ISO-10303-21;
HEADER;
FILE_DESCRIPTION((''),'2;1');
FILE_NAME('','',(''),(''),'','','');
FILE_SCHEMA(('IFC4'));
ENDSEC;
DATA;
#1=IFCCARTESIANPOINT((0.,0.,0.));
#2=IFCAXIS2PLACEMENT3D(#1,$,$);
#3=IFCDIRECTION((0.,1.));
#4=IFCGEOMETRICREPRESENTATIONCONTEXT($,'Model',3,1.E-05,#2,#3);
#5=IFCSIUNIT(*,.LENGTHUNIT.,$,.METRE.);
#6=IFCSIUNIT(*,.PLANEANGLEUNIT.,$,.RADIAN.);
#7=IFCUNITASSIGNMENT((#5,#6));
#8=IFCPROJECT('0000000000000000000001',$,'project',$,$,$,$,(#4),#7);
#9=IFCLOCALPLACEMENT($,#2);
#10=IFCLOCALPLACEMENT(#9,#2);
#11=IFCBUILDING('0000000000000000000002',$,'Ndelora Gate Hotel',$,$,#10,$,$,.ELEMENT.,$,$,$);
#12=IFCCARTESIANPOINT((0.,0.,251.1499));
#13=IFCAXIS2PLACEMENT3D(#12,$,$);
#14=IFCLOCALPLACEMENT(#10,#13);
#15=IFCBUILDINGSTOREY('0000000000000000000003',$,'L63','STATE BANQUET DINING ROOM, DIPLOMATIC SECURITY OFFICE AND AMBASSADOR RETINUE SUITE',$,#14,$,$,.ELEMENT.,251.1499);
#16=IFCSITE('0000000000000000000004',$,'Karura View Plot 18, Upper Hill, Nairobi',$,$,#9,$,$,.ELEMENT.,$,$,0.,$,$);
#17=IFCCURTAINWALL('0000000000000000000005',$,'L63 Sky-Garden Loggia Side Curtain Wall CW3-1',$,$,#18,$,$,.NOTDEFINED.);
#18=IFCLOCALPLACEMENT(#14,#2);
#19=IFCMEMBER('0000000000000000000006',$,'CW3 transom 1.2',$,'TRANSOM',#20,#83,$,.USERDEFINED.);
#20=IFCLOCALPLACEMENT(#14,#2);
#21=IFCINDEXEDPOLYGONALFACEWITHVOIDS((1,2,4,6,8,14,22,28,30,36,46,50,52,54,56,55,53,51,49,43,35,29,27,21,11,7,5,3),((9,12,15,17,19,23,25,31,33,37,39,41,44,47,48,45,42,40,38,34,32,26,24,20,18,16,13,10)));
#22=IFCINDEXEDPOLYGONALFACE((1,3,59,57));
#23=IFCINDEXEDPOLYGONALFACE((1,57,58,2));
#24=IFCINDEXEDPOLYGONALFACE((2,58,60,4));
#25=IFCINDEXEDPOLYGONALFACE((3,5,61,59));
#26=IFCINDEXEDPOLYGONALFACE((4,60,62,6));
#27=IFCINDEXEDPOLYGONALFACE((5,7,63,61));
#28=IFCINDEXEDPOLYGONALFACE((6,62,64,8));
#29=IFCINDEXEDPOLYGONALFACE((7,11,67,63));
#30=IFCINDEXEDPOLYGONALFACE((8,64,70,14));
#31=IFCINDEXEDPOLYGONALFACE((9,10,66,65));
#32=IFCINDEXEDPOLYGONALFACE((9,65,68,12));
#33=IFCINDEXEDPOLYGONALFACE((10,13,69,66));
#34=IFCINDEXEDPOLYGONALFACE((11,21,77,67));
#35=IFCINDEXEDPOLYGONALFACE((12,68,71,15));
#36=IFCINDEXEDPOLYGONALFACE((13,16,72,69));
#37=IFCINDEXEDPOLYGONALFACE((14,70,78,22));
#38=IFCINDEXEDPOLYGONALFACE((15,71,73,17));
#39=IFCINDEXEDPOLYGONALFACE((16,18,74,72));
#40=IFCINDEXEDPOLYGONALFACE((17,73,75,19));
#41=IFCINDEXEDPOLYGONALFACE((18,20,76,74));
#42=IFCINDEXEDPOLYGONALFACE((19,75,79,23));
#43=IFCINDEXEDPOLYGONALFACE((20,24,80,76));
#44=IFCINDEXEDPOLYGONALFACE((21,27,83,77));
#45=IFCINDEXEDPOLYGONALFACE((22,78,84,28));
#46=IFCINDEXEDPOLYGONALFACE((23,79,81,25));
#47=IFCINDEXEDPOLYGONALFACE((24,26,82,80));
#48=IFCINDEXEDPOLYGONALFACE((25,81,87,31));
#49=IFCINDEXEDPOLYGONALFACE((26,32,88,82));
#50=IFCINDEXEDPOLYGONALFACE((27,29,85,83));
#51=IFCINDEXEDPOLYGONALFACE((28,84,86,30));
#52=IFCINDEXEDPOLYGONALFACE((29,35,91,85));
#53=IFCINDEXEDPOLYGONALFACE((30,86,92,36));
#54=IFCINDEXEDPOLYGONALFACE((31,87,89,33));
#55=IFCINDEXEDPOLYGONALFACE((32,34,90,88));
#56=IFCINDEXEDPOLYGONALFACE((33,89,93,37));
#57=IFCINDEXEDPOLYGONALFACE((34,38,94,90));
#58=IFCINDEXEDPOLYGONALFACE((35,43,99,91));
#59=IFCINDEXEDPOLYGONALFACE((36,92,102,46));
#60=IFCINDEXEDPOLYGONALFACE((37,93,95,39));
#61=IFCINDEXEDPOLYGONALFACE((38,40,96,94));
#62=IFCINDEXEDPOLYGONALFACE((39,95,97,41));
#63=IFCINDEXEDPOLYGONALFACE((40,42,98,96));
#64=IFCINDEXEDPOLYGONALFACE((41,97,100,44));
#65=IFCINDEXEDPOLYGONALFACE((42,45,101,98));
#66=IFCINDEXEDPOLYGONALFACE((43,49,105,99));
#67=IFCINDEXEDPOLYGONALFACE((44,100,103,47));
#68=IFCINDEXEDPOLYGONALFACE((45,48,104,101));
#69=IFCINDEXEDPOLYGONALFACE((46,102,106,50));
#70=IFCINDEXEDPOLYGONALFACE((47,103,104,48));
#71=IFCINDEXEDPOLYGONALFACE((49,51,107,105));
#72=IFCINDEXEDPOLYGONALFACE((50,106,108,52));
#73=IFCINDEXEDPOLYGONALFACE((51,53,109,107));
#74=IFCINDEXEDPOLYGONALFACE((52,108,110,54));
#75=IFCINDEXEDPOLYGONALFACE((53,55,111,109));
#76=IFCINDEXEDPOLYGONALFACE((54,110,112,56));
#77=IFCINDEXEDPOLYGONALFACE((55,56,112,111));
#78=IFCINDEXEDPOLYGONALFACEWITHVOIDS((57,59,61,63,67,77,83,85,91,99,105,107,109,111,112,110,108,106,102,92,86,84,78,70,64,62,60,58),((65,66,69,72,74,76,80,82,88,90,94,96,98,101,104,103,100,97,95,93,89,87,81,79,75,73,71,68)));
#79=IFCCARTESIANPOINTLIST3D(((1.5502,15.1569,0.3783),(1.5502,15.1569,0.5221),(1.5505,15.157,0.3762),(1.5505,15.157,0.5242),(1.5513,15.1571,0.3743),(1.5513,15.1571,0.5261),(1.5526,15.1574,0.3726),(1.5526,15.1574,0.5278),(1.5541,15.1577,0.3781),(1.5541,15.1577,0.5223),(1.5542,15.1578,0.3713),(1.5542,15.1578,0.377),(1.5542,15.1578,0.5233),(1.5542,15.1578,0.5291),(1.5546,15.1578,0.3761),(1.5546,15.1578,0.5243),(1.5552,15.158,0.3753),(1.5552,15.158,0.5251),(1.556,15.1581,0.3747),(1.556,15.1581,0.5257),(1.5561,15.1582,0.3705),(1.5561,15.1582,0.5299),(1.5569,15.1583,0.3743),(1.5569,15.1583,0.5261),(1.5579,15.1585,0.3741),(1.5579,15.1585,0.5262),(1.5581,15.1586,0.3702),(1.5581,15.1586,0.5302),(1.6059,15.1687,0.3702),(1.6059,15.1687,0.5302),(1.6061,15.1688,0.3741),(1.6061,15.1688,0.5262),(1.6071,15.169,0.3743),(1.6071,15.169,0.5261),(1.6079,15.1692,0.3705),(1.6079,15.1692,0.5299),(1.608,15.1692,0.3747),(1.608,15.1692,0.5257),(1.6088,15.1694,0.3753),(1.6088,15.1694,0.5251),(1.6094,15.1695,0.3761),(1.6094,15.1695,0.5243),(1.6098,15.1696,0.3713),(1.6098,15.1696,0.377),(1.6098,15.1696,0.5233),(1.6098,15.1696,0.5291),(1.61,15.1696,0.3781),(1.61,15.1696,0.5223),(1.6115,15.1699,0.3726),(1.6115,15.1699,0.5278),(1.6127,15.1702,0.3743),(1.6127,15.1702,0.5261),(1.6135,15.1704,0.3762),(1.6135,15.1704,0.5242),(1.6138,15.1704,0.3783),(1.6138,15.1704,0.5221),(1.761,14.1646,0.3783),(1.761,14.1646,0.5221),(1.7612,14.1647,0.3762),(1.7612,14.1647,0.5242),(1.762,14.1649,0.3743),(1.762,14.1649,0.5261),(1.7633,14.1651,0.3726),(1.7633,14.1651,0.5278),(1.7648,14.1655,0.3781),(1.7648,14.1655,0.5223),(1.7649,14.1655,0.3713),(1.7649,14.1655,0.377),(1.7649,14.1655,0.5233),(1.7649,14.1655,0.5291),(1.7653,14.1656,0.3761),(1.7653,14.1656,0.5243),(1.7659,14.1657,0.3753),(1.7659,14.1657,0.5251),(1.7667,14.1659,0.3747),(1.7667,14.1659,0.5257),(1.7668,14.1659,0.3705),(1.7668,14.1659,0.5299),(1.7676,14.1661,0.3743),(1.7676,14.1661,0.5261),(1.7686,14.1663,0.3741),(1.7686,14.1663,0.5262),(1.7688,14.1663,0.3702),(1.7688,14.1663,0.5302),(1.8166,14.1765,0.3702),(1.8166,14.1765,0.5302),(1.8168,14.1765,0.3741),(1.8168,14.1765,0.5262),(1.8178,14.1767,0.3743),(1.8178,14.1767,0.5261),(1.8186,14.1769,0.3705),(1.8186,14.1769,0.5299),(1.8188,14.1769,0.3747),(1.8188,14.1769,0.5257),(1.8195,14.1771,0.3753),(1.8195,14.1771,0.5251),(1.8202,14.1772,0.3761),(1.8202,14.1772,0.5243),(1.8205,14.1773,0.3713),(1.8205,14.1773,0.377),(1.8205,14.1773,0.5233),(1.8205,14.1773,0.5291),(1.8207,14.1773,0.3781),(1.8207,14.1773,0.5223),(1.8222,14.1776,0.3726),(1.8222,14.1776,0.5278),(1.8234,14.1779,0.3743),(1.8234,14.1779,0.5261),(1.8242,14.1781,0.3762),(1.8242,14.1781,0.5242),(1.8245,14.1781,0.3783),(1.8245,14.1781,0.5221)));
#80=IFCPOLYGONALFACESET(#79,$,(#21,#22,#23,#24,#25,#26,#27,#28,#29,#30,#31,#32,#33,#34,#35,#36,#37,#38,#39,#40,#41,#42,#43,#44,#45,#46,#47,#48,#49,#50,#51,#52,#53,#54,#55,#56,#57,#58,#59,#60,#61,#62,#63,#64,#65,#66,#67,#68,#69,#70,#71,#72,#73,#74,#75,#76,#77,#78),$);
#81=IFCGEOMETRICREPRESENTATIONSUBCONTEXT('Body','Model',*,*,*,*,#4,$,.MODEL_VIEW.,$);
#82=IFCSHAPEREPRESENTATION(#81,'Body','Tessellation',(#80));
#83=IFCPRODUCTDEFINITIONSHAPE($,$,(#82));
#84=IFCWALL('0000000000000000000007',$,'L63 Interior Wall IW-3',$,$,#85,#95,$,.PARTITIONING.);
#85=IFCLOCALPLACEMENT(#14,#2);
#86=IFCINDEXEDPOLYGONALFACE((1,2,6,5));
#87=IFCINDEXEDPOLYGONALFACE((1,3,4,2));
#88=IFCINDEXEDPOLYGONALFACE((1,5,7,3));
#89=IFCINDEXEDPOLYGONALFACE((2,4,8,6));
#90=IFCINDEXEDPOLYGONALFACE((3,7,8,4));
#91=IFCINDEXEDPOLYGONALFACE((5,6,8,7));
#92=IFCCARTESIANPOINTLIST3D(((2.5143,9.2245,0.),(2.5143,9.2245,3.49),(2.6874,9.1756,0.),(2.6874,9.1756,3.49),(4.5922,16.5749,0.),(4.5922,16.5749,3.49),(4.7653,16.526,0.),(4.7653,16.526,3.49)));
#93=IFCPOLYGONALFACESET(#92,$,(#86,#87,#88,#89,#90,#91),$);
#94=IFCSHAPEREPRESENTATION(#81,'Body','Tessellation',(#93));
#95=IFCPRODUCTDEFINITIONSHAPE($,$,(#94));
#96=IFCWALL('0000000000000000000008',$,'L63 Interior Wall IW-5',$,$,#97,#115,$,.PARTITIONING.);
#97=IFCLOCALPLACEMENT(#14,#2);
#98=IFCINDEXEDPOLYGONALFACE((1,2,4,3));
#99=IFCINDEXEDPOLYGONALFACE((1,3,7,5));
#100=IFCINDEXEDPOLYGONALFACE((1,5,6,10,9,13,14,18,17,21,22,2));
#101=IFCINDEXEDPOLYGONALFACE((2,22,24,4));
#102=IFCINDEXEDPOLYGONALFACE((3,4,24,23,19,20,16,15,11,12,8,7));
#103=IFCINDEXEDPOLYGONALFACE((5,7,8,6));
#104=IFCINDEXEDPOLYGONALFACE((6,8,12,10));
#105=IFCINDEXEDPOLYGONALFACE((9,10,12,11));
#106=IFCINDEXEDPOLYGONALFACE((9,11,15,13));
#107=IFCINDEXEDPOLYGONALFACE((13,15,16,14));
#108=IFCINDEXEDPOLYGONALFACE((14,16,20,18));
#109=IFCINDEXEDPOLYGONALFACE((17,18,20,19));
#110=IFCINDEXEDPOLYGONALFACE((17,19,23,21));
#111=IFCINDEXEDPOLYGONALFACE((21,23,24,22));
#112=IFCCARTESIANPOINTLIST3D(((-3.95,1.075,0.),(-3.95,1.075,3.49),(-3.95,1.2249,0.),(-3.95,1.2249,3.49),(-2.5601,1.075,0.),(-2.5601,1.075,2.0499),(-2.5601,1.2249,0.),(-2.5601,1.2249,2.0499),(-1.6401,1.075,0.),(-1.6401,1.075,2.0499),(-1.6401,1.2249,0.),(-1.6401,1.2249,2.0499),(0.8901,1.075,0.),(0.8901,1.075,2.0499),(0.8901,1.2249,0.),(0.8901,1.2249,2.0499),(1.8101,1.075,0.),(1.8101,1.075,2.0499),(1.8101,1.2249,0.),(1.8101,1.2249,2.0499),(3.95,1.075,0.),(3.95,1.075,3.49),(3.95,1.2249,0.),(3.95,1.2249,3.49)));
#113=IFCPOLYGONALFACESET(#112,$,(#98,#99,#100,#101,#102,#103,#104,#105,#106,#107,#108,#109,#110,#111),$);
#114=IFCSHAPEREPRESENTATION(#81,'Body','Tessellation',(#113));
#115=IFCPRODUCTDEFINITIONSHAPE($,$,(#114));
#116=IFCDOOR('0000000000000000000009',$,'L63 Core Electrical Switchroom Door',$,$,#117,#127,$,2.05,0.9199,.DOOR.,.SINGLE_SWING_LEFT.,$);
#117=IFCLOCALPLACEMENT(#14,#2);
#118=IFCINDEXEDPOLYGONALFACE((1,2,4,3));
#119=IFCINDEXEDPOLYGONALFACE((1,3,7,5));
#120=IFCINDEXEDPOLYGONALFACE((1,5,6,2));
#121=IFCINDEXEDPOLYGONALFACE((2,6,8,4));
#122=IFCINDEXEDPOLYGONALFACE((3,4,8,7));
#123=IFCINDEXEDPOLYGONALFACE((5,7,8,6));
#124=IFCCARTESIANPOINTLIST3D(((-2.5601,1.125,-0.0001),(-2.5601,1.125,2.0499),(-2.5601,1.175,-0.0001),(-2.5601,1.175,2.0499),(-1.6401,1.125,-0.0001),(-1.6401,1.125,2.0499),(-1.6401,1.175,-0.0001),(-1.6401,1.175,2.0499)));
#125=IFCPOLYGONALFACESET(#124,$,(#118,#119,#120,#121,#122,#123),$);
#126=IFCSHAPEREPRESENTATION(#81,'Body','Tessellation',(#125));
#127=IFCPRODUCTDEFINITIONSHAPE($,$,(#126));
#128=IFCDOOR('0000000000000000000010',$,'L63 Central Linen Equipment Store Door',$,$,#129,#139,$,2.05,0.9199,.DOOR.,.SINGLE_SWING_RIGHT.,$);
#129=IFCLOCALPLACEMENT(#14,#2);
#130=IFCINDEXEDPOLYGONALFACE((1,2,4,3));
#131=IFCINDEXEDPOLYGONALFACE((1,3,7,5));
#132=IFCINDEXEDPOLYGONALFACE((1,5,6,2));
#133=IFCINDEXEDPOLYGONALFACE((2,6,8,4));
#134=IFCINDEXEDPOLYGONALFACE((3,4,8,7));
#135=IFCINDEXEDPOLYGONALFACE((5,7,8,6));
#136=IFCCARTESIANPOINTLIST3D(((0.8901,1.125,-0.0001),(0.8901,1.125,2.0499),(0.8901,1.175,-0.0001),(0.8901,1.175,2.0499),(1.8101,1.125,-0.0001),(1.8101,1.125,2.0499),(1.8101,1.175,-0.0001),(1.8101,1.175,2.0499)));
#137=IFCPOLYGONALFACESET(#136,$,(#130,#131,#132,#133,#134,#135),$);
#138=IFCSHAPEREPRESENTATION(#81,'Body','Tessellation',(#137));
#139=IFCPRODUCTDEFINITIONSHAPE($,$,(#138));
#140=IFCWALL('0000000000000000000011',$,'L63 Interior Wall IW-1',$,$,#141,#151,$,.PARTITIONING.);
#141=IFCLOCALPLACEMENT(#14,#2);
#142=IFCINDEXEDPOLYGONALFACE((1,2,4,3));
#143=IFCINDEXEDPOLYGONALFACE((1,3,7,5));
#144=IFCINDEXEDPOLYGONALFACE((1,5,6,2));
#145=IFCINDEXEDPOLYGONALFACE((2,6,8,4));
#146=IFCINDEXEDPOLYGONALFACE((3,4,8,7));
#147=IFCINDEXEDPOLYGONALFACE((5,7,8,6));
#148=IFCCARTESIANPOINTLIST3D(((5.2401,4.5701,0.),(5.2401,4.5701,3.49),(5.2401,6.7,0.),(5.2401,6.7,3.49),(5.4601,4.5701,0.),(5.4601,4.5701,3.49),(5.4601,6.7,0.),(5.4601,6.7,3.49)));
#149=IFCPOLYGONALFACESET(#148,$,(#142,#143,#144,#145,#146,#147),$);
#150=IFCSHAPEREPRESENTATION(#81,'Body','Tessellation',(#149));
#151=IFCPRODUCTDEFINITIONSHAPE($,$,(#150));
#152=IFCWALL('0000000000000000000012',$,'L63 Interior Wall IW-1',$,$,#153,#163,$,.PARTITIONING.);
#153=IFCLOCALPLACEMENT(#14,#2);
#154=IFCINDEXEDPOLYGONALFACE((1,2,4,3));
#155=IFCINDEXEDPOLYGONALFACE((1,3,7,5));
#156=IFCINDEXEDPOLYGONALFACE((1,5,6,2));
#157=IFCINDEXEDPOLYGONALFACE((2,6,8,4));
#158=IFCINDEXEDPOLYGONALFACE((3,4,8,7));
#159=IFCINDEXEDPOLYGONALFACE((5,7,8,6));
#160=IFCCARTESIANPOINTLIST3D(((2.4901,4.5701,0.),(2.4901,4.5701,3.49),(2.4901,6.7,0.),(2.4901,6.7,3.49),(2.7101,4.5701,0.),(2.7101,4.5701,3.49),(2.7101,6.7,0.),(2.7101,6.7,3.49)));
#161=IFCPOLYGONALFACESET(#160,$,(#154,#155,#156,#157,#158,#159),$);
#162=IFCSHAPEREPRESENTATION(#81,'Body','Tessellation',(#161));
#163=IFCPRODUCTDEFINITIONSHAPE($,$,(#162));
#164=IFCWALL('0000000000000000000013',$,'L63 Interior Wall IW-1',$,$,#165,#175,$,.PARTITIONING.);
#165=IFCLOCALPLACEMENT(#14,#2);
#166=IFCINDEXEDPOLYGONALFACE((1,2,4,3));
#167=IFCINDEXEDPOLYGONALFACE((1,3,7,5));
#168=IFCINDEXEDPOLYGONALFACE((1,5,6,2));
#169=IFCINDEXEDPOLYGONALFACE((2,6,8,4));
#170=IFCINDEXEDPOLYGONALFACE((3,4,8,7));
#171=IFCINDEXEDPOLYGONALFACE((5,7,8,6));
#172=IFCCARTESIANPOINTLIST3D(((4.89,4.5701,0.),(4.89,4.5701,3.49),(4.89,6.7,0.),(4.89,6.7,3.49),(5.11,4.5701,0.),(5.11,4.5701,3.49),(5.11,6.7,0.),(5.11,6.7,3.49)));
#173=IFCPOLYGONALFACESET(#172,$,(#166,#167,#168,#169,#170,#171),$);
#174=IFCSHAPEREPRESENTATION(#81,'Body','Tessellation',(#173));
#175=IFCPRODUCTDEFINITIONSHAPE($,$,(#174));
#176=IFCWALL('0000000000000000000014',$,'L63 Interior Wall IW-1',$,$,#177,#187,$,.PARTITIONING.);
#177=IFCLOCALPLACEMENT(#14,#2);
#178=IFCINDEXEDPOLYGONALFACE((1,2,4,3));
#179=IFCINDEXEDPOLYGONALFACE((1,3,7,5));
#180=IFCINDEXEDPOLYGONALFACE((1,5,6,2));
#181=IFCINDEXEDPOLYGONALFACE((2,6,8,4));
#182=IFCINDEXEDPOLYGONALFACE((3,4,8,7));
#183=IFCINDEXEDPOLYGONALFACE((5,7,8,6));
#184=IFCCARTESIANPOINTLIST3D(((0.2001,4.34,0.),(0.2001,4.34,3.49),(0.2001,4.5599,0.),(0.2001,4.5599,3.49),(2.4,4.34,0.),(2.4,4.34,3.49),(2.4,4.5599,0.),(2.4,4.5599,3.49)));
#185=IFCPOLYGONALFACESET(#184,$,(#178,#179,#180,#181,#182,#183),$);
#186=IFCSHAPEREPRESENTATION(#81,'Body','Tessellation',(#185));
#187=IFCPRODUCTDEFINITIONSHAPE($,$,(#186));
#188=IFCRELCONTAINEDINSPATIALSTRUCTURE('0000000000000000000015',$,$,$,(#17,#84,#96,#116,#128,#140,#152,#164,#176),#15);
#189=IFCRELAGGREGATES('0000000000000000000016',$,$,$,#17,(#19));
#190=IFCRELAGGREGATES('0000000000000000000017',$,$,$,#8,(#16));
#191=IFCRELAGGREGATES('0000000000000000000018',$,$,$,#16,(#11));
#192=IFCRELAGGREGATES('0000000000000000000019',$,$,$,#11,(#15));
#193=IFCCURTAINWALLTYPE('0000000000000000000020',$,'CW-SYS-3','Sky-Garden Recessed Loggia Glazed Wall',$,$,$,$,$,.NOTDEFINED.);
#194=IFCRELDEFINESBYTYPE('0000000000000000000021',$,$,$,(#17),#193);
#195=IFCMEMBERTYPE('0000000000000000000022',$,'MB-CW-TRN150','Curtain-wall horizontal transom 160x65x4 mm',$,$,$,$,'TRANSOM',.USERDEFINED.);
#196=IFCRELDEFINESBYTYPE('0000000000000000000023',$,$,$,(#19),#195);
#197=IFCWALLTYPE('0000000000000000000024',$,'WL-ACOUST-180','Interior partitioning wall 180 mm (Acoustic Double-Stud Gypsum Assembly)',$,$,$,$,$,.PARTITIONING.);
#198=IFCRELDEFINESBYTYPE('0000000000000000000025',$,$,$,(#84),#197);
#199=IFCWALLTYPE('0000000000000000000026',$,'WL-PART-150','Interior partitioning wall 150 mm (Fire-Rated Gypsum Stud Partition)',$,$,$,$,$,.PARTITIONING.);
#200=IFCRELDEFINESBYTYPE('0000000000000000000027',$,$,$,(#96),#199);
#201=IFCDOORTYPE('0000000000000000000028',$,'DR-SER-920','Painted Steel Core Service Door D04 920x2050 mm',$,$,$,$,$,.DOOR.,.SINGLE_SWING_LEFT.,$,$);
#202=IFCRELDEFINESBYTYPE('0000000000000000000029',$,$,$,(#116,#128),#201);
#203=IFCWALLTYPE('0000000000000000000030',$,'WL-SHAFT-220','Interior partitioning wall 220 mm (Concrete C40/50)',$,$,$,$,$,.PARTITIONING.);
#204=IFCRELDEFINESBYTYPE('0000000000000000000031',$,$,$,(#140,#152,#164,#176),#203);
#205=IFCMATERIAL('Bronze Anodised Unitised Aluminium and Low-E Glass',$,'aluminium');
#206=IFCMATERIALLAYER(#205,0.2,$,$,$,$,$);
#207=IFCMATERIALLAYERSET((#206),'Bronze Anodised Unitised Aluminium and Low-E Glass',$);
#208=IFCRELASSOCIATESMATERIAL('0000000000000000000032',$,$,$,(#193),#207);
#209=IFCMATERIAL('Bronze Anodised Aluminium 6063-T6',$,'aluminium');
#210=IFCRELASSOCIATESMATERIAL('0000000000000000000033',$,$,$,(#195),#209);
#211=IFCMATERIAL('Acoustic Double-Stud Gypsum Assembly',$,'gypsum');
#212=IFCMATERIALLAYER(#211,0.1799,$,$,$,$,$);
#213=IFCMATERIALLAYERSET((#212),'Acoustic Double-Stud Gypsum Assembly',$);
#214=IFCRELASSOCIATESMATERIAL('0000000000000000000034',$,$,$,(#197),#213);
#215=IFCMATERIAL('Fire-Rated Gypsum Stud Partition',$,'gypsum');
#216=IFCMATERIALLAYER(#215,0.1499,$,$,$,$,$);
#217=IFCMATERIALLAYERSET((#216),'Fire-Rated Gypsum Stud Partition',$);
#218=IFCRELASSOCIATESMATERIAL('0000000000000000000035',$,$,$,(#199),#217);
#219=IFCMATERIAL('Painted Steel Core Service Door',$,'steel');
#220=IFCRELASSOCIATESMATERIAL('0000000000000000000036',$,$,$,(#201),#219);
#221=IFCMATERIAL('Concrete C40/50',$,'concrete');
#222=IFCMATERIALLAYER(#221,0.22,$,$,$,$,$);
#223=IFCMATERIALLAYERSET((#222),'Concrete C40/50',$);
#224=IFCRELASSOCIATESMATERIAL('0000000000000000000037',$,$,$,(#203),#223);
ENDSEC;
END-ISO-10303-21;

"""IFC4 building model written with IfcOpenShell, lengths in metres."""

from ifc_helpers import new_model, si_unit, direction, frame, frame_2d, origin, origin_2d, place, context, subcontext, project, spatial, rectangle, hollow_rectangle, extrude, material, layer, layer_set, material_profile, profile_set, type_object, element, fill, aggregate, save


model = new_model("IFC4")

# Units and contexts
model_context = context("Model", 3, precision=1e-05, world=origin(), true_north=direction((0.0, 1.0)))
body_context = subcontext(model_context, "Body", "Model", "MODEL_VIEW")
ifc_project = project(units=[si_unit("LENGTHUNIT", "METRE"), si_unit("PLANEANGLEUNIT", "RADIAN")], contexts=[model_context])

# Site, building, storey
site_placement = place(None, origin())
site = spatial("IfcSite", under=ifc_project, at=site_placement, Name="Karura View Plot 18, Upper Hill, Nairobi", CompositionType="ELEMENT", RefElevation=0.0)
building_placement = place(site_placement, origin())
building = spatial("IfcBuilding", under=site, at=building_placement, Name="Ndelora Gate Hotel", CompositionType="ELEMENT")
storey_placement = place(building_placement, frame((0.0, 0.0, 251.1499)))
storey = spatial("IfcBuildingStorey", under=building, at=storey_placement, Name="L63", Description="STATE BANQUET DINING ROOM, DIPLOMATIC SECURITY OFFICE AND AMBASSADOR RETINUE SUITE", CompositionType="ELEMENT", Elevation=251.1499)

# Curtain wall, member
ifc_material_1 = material(Name="Bronze Anodised Unitised Aluminium and Low-E Glass", Category="aluminium")
ifc_layer_1 = layer(ifc_material_1, 0.2)
ifc_layer_set_1 = layer_set([ifc_layer_1], Name="Bronze Anodised Unitised Aluminium and Low-E Glass")
curtain_wall_type = type_object("IfcCurtainWallType", Name="CW-SYS-3", Description="Sky-Garden Recessed Loggia Glazed Wall", PredefinedType="NOTDEFINED", material=ifc_layer_set_1)
curtain_wall_placement = place(storey_placement, origin())
curtain_wall = element("IfcCurtainWall", 1, at=curtain_wall_placement, inside=storey, type_object=curtain_wall_type, Name="L63 Sky-Garden Loggia Side Curtain Wall CW3-1", PredefinedType="NOTDEFINED")
ifc_material_2 = material(Name="Bronze Anodised Aluminium 6063-T6", Category="aluminium")
ifc_material_profile_1 = material_profile(ifc_material_2, hollow_rectangle(XDim=0.0649, YDim=0.1599, WallThickness=0.0039, InnerFilletRadius=0.0039, OuterFilletRadius=0.0081, at=origin_2d()), Name="ALU 160x65x4")
ifc_profile_set_1 = profile_set([ifc_material_profile_1], Name="Bronze Anodised Aluminium 6063-T6")
member_type_1 = type_object("IfcMemberType", Name="MB-CW-TRN150", Description="Curtain-wall horizontal transom 160x65x4 mm", ElementType="TRANSOM", PredefinedType="USERDEFINED", material=ifc_profile_set_1)
member_1_placement = place(storey_placement, frame((1.7927, 14.1714, 0.4502), z_axis=(-0.207721, 0.978188, 0.0), x_axis=(-0.978188, -0.207721, 0.0)))
member_1 = element("IfcMember", 2, at=member_1_placement, type_object=member_type_1, Name="CW3 transom 1.2", ObjectType="TRANSOM", PredefinedType="USERDEFINED", context=body_context, shape_type="SweptSolid", body=[
    extrude(hollow_rectangle(XDim=0.0649, YDim=0.1599, WallThickness=0.0039, InnerFilletRadius=0.0039, OuterFilletRadius=0.0081, at=origin_2d()), origin(), (0.0, 0.0, 1.0), 1.0144),
])
aggregate(curtain_wall, [member_1])

# Wall
ifc_material_3 = material(Name="Acoustic Double-Stud Gypsum Assembly", Category="gypsum")
ifc_layer_2 = layer(ifc_material_3, 0.1799)
ifc_layer_set_2 = layer_set([ifc_layer_2], Name="Acoustic Double-Stud Gypsum Assembly")
wall_type_1 = type_object("IfcWallType", Name="WL-ACOUST-180", Description="Interior partitioning wall 180 mm (Acoustic Double-Stud Gypsum Assembly)", PredefinedType="PARTITIONING", material=ifc_layer_set_2)
wall_1_placement = place(storey_placement, frame((2.6008, 9.2, 0.0), z_axis=(0.0, 0.0, 1.0), x_axis=(0.272031, 0.962288, 0.0)))
element("IfcWall", 3, at=wall_1_placement, inside=storey, type_object=wall_type_1, Name="L63 Interior Wall IW-3", PredefinedType="PARTITIONING", context=body_context, shape_type="SweptSolid", body=[
    extrude(rectangle(XDim=7.6384, YDim=0.1799, at=frame_2d((3.8193, 0.0))), origin(), (0.0, 0.0, 1.0), 3.49),
])

# Shared definitions
ifc_material_4 = material(Name="Concrete C40/50", Category="concrete")

# Wall, openings, doors
ifc_material_5 = material(Name="Fire-Rated Gypsum Stud Partition", Category="gypsum")
ifc_layer_3 = layer(ifc_material_5, 0.1499)
ifc_layer_set_3 = layer_set([ifc_layer_3], Name="Fire-Rated Gypsum Stud Partition")
wall_type_2 = type_object("IfcWallType", Name="WL-PART-150", Description="Interior partitioning wall 150 mm (Fire-Rated Gypsum Stud Partition)", PredefinedType="PARTITIONING", material=ifc_layer_set_3)
wall_2_placement = place(storey_placement, frame((3.95, 1.1499, 0.0), z_axis=(0.0, 0.0, 1.0), x_axis=(-1.0, 0.0, 0.0)))
wall_2 = element("IfcWall", 4, at=wall_2_placement, inside=storey, type_object=wall_type_2, Name="L63 Interior Wall IW-5", PredefinedType="PARTITIONING", context=body_context, shape_type="SweptSolid", body=[
    extrude(rectangle(XDim=7.8999, YDim=0.1499, at=frame_2d((3.95, 0.0))), origin(), (0.0, 0.0, 1.0), 3.49),
])
opening_1_placement = place(wall_2_placement, frame((5.5901, 0.0, 0.0)))
opening_1 = element("IfcOpeningElement", 5, at=opening_1_placement, cuts=wall_2, PredefinedType="OPENING", context=body_context, shape_type="SweptSolid", body=[
    extrude(rectangle(XDim=0.9199, YDim=2.05, at=frame_2d((0.46, 1.0249))), frame((0.0, 0.085, 0.0), z_axis=(0.0, -1.0, 0.0), x_axis=(1.0, 0.0, 0.0)), (0.0, 0.0, 1.0), 0.1699),
])
opening_2_placement = place(wall_2_placement, frame((2.1399, 0.0, 0.0)))
opening_2 = element("IfcOpeningElement", 6, at=opening_2_placement, cuts=wall_2, PredefinedType="OPENING", context=body_context, shape_type="SweptSolid", body=[
    extrude(rectangle(XDim=0.9199, YDim=2.05, at=frame_2d((0.46, 1.0249))), frame((0.0, 0.085, 0.0), z_axis=(0.0, -1.0, 0.0), x_axis=(1.0, 0.0, 0.0)), (0.0, 0.0, 1.0), 0.1699),
])
ifc_material_6 = material(Name="Painted Steel Core Service Door", Category="steel")
door_type_1 = type_object("IfcDoorType", Name="DR-SER-920", Description="Painted Steel Core Service Door D04 920x2050 mm", OperationType="SINGLE_SWING_LEFT", PredefinedType="DOOR", material=ifc_material_6)
door_1_placement = place(opening_1_placement, origin())
door_1 = element("IfcDoor", 7, at=door_1_placement, inside=storey, type_object=door_type_1, Name="L63 Core Electrical Switchroom Door", OperationType="SINGLE_SWING_LEFT", OverallHeight=2.05, OverallWidth=0.9199, PredefinedType="DOOR", context=body_context, shape_type="SweptSolid", body=[
    extrude(rectangle(XDim=0.9199, YDim=2.05, at=frame_2d((0.46, 1.0249))), frame((0.0, 0.0249, 0.0), z_axis=(0.0, -1.0, 0.0), x_axis=(1.0, 0.0, 0.0)), (0.0, 0.0, 1.0), 0.05),
])
fill(opening_1, door_1)
door_2_placement = place(opening_2_placement, origin())
door_2 = element("IfcDoor", 8, at=door_2_placement, inside=storey, type_object=door_type_1, Name="L63 Central Linen Equipment Store Door", OperationType="SINGLE_SWING_RIGHT", OverallHeight=2.05, OverallWidth=0.9199, PredefinedType="DOOR", context=body_context, shape_type="SweptSolid", body=[
    extrude(rectangle(XDim=0.9199, YDim=2.05, at=frame_2d((0.46, 1.0249))), frame((0.0, 0.0249, 0.0), z_axis=(0.0, -1.0, 0.0), x_axis=(1.0, 0.0, 0.0)), (0.0, 0.0, 1.0), 0.05),
])
fill(opening_2, door_2)

# Shared definitions
ifc_layer_4 = layer(ifc_material_4, 0.22)
ifc_layer_set_4 = layer_set([ifc_layer_4], Name="Concrete C40/50")
wall_type_3 = type_object("IfcWallType", Name="WL-SHAFT-220", Description="Interior partitioning wall 220 mm (Concrete C40/50)", PredefinedType="PARTITIONING", material=ifc_layer_set_4)

# Wall
wall_3_placement = place(storey_placement, frame((5.3501, 4.5701, 0.0), z_axis=(0.0, 0.0, 1.0), x_axis=(0.0, 1.0, 0.0)))
element("IfcWall", 9, at=wall_3_placement, inside=storey, type_object=wall_type_3, Name="L63 Interior Wall IW-1", PredefinedType="PARTITIONING", context=body_context, shape_type="SweptSolid", body=[
    extrude(rectangle(XDim=2.1299, YDim=0.22, at=frame_2d((1.0649, 0.0))), origin(), (0.0, 0.0, 1.0), 3.49),
])

# Walls
for number, where, z_axis, x_axis, name in (
    (10, (2.6001, 4.5701, 0.0), (0.0, 0.0, 1.0), (0.0, 1.0, 0.0), "L63 Interior Wall IW-1"),
    (11, (5.0, 4.5701, 0.0), (0.0, 0.0, 1.0), (0.0, 1.0, 0.0), "L63 Interior Wall IW-1"),
):
    element("IfcWall", number, at=place(storey_placement, frame(where, z_axis=z_axis, x_axis=x_axis)), inside=storey, type_object=wall_type_3, Name=name, PredefinedType="PARTITIONING", context=body_context, shape_type="SweptSolid", body=[
        extrude(rectangle(XDim=2.1299, YDim=0.22, at=frame_2d((1.0649, 0.0))), origin(), (0.0, 0.0, 1.0), 3.49),
    ])
wall_4_placement = place(storey_placement, frame((0.2, 4.45, 0.0), z_axis=(0.0, 0.0, 1.0), x_axis=(1.0, 0.0, 0.0)))
element("IfcWall", 12, at=wall_4_placement, inside=storey, type_object=wall_type_3, Name="L63 Interior Wall IW-1", PredefinedType="PARTITIONING", context=body_context, shape_type="SweptSolid", body=[
    extrude(rectangle(XDim=2.2, YDim=0.22, at=frame_2d((1.1001, 0.0))), origin(), (0.0, 0.0, 1.0), 3.49),
])

save(model, "model.ifc")
